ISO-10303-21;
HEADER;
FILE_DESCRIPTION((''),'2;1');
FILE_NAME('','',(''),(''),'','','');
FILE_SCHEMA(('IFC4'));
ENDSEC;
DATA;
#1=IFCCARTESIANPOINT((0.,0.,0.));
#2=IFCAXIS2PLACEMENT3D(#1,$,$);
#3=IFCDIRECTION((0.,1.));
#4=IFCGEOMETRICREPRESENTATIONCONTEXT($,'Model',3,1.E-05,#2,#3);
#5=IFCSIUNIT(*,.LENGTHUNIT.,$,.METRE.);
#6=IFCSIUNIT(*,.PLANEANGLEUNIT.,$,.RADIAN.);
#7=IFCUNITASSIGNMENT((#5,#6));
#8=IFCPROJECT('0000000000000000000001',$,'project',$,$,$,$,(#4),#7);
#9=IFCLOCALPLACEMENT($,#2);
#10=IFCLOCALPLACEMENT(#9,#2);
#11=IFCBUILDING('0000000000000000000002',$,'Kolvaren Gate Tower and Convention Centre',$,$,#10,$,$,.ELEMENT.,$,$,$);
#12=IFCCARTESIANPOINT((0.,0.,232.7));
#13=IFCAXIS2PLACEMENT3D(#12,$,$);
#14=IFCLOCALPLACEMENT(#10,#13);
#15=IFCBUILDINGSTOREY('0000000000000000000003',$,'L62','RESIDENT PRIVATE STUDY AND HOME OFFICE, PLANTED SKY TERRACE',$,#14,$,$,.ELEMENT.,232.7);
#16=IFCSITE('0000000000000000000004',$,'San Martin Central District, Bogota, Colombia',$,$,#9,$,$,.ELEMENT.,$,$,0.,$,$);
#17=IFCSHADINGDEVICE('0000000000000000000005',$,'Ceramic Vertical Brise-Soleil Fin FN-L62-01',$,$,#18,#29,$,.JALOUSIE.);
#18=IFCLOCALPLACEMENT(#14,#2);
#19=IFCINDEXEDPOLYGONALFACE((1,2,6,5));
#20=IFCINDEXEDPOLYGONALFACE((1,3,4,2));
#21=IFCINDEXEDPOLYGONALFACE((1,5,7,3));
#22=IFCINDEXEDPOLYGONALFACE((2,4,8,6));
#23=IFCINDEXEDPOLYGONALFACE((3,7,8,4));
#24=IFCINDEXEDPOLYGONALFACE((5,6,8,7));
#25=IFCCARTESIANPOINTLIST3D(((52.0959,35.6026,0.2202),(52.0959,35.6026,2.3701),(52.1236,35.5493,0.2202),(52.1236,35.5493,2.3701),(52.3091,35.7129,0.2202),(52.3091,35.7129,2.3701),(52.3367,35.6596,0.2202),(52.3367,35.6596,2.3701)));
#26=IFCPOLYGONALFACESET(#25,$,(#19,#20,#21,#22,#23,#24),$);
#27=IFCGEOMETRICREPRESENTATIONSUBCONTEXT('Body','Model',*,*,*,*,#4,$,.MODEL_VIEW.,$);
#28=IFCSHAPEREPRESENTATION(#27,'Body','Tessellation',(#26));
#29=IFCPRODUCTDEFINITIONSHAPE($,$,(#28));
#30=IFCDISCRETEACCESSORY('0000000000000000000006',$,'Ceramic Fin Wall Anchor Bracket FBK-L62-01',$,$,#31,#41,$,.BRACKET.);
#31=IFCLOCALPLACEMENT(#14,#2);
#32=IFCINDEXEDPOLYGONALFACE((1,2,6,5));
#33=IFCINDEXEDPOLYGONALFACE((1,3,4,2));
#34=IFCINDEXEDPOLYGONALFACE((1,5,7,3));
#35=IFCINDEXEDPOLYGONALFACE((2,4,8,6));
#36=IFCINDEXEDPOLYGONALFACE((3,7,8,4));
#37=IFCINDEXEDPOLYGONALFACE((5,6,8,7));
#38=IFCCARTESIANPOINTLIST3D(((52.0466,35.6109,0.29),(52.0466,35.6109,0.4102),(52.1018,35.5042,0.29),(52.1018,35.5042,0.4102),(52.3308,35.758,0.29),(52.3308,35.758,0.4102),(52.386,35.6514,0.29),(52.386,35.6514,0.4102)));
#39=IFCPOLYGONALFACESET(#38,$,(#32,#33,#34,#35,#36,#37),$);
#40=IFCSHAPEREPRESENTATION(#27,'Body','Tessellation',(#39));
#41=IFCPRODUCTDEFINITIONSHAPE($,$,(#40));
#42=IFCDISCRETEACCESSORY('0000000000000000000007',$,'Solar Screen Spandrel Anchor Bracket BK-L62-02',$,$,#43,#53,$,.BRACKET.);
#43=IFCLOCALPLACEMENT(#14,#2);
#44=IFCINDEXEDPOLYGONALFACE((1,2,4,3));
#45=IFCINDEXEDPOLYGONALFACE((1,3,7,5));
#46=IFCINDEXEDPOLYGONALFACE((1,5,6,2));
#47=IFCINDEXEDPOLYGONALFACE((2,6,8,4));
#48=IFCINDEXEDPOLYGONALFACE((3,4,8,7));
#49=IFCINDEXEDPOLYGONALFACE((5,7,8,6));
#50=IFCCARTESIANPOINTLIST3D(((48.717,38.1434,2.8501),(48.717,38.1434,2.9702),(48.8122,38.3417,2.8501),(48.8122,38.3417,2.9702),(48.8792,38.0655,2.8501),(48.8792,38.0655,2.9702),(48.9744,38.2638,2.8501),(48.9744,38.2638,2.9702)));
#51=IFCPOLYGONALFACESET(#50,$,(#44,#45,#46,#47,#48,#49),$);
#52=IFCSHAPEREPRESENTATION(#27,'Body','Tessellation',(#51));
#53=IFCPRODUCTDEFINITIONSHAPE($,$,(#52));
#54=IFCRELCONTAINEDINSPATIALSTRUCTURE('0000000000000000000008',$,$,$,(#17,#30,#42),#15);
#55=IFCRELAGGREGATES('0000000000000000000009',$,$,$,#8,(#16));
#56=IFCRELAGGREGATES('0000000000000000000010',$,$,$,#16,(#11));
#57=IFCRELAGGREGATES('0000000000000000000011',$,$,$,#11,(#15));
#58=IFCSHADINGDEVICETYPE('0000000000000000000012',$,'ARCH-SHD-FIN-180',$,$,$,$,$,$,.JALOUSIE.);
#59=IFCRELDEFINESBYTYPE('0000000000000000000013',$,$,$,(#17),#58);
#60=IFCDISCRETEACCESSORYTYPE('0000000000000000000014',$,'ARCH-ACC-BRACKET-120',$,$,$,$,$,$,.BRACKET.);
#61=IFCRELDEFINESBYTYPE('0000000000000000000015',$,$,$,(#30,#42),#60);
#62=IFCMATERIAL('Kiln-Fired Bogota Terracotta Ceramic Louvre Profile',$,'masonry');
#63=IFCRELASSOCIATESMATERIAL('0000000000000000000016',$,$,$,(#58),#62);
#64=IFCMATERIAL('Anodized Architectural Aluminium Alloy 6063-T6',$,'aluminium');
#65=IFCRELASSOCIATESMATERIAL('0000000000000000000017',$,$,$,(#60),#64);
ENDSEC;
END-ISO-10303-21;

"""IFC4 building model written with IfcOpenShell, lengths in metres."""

from ifc_helpers import new_model, si_unit, direction, frame, origin, origin_2d, place, context, subcontext, project, spatial, rectangle, extrude, material, type_object, element, save


model = new_model("IFC4")

# Units and contexts
model_context = context("Model", 3, precision=1e-05, world=origin(), true_north=direction((0.0, 1.0)))
body_context = subcontext(model_context, "Body", "Model", "MODEL_VIEW")
ifc_project = project(units=[si_unit("LENGTHUNIT", "METRE"), si_unit("PLANEANGLEUNIT", "RADIAN")], contexts=[model_context])

# Site, building, storey
site_placement = place(None, origin())
site = spatial("IfcSite", under=ifc_project, at=site_placement, Name="San Martin Central District, Bogota, Colombia", CompositionType="ELEMENT", RefElevation=0.0)
building_placement = place(site_placement, origin())
building = spatial("IfcBuilding", under=site, at=building_placement, Name="Kolvaren Gate Tower and Convention Centre", CompositionType="ELEMENT")
storey_placement = place(building_placement, frame((0.0, 0.0, 232.7)))
storey = spatial("IfcBuildingStorey", under=building, at=storey_placement, Name="L62", Description="RESIDENT PRIVATE STUDY AND HOME OFFICE, PLANTED SKY TERRACE", CompositionType="ELEMENT", Elevation=232.7)

# Shared definitions
ifc_material_1 = material(Name="Anodized Architectural Aluminium Alloy 6063-T6", Category="aluminium")

# Shading device
ifc_material_2 = material(Name="Kiln-Fired Bogota Terracotta Ceramic Louvre Profile", Category="masonry")
shading_device_type = type_object("IfcShadingDeviceType", Name="ARCH-SHD-FIN-180", PredefinedType="JALOUSIE", material=ifc_material_2)
shading_device_placement = place(storey_placement, frame((52.2163, 35.6311, 0.2202), z_axis=(0.0, 0.0, 1.0), x_axis=(0.4598, -0.888023, 0.0)))
element("IfcShadingDevice", 1, at=shading_device_placement, inside=storey, type_object=shading_device_type, Name="Ceramic Vertical Brise-Soleil Fin FN-L62-01", PredefinedType="JALOUSIE", context=body_context, shape_type="SweptSolid", body=[
    extrude(rectangle(XDim=0.0601, YDim=0.24, at=origin_2d()), origin(), (0.0, 0.0, 1.0), 2.1499),
])

# Discrete accessories
discrete_accessory_type = type_object("IfcDiscreteAccessoryType", Name="ARCH-ACC-BRACKET-120", PredefinedType="BRACKET", material=ifc_material_1)
discrete_accessory_1_placement = place(storey_placement, frame((52.2163, 35.6311, 0.29), z_axis=(0.0, 0.0, 1.0), x_axis=(0.4598, -0.888023, 0.0)))
element("IfcDiscreteAccessory", 2, at=discrete_accessory_1_placement, inside=storey, type_object=discrete_accessory_type, Name="Ceramic Fin Wall Anchor Bracket FBK-L62-01", PredefinedType="BRACKET", context=body_context, shape_type="SweptSolid", body=[
    extrude(rectangle(XDim=0.1201, YDim=0.3201, at=origin_2d()), origin(), (0.0, 0.0, 1.0), 0.1201),
])
discrete_accessory_2_placement = place(storey_placement, frame((48.8457, 38.2036, 2.8501), z_axis=(0.0, 0.0, 1.0), x_axis=(0.901359, -0.433072, 0.0)))
element("IfcDiscreteAccessory", 3, at=discrete_accessory_2_placement, inside=storey, type_object=discrete_accessory_type, Name="Solar Screen Spandrel Anchor Bracket BK-L62-02", PredefinedType="BRACKET", context=body_context, shape_type="SweptSolid", body=[
    extrude(rectangle(XDim=0.1799, YDim=0.22, at=origin_2d()), origin(), (0.0, 0.0, 1.0), 0.1201),
])

save(model, "model.ifc")
